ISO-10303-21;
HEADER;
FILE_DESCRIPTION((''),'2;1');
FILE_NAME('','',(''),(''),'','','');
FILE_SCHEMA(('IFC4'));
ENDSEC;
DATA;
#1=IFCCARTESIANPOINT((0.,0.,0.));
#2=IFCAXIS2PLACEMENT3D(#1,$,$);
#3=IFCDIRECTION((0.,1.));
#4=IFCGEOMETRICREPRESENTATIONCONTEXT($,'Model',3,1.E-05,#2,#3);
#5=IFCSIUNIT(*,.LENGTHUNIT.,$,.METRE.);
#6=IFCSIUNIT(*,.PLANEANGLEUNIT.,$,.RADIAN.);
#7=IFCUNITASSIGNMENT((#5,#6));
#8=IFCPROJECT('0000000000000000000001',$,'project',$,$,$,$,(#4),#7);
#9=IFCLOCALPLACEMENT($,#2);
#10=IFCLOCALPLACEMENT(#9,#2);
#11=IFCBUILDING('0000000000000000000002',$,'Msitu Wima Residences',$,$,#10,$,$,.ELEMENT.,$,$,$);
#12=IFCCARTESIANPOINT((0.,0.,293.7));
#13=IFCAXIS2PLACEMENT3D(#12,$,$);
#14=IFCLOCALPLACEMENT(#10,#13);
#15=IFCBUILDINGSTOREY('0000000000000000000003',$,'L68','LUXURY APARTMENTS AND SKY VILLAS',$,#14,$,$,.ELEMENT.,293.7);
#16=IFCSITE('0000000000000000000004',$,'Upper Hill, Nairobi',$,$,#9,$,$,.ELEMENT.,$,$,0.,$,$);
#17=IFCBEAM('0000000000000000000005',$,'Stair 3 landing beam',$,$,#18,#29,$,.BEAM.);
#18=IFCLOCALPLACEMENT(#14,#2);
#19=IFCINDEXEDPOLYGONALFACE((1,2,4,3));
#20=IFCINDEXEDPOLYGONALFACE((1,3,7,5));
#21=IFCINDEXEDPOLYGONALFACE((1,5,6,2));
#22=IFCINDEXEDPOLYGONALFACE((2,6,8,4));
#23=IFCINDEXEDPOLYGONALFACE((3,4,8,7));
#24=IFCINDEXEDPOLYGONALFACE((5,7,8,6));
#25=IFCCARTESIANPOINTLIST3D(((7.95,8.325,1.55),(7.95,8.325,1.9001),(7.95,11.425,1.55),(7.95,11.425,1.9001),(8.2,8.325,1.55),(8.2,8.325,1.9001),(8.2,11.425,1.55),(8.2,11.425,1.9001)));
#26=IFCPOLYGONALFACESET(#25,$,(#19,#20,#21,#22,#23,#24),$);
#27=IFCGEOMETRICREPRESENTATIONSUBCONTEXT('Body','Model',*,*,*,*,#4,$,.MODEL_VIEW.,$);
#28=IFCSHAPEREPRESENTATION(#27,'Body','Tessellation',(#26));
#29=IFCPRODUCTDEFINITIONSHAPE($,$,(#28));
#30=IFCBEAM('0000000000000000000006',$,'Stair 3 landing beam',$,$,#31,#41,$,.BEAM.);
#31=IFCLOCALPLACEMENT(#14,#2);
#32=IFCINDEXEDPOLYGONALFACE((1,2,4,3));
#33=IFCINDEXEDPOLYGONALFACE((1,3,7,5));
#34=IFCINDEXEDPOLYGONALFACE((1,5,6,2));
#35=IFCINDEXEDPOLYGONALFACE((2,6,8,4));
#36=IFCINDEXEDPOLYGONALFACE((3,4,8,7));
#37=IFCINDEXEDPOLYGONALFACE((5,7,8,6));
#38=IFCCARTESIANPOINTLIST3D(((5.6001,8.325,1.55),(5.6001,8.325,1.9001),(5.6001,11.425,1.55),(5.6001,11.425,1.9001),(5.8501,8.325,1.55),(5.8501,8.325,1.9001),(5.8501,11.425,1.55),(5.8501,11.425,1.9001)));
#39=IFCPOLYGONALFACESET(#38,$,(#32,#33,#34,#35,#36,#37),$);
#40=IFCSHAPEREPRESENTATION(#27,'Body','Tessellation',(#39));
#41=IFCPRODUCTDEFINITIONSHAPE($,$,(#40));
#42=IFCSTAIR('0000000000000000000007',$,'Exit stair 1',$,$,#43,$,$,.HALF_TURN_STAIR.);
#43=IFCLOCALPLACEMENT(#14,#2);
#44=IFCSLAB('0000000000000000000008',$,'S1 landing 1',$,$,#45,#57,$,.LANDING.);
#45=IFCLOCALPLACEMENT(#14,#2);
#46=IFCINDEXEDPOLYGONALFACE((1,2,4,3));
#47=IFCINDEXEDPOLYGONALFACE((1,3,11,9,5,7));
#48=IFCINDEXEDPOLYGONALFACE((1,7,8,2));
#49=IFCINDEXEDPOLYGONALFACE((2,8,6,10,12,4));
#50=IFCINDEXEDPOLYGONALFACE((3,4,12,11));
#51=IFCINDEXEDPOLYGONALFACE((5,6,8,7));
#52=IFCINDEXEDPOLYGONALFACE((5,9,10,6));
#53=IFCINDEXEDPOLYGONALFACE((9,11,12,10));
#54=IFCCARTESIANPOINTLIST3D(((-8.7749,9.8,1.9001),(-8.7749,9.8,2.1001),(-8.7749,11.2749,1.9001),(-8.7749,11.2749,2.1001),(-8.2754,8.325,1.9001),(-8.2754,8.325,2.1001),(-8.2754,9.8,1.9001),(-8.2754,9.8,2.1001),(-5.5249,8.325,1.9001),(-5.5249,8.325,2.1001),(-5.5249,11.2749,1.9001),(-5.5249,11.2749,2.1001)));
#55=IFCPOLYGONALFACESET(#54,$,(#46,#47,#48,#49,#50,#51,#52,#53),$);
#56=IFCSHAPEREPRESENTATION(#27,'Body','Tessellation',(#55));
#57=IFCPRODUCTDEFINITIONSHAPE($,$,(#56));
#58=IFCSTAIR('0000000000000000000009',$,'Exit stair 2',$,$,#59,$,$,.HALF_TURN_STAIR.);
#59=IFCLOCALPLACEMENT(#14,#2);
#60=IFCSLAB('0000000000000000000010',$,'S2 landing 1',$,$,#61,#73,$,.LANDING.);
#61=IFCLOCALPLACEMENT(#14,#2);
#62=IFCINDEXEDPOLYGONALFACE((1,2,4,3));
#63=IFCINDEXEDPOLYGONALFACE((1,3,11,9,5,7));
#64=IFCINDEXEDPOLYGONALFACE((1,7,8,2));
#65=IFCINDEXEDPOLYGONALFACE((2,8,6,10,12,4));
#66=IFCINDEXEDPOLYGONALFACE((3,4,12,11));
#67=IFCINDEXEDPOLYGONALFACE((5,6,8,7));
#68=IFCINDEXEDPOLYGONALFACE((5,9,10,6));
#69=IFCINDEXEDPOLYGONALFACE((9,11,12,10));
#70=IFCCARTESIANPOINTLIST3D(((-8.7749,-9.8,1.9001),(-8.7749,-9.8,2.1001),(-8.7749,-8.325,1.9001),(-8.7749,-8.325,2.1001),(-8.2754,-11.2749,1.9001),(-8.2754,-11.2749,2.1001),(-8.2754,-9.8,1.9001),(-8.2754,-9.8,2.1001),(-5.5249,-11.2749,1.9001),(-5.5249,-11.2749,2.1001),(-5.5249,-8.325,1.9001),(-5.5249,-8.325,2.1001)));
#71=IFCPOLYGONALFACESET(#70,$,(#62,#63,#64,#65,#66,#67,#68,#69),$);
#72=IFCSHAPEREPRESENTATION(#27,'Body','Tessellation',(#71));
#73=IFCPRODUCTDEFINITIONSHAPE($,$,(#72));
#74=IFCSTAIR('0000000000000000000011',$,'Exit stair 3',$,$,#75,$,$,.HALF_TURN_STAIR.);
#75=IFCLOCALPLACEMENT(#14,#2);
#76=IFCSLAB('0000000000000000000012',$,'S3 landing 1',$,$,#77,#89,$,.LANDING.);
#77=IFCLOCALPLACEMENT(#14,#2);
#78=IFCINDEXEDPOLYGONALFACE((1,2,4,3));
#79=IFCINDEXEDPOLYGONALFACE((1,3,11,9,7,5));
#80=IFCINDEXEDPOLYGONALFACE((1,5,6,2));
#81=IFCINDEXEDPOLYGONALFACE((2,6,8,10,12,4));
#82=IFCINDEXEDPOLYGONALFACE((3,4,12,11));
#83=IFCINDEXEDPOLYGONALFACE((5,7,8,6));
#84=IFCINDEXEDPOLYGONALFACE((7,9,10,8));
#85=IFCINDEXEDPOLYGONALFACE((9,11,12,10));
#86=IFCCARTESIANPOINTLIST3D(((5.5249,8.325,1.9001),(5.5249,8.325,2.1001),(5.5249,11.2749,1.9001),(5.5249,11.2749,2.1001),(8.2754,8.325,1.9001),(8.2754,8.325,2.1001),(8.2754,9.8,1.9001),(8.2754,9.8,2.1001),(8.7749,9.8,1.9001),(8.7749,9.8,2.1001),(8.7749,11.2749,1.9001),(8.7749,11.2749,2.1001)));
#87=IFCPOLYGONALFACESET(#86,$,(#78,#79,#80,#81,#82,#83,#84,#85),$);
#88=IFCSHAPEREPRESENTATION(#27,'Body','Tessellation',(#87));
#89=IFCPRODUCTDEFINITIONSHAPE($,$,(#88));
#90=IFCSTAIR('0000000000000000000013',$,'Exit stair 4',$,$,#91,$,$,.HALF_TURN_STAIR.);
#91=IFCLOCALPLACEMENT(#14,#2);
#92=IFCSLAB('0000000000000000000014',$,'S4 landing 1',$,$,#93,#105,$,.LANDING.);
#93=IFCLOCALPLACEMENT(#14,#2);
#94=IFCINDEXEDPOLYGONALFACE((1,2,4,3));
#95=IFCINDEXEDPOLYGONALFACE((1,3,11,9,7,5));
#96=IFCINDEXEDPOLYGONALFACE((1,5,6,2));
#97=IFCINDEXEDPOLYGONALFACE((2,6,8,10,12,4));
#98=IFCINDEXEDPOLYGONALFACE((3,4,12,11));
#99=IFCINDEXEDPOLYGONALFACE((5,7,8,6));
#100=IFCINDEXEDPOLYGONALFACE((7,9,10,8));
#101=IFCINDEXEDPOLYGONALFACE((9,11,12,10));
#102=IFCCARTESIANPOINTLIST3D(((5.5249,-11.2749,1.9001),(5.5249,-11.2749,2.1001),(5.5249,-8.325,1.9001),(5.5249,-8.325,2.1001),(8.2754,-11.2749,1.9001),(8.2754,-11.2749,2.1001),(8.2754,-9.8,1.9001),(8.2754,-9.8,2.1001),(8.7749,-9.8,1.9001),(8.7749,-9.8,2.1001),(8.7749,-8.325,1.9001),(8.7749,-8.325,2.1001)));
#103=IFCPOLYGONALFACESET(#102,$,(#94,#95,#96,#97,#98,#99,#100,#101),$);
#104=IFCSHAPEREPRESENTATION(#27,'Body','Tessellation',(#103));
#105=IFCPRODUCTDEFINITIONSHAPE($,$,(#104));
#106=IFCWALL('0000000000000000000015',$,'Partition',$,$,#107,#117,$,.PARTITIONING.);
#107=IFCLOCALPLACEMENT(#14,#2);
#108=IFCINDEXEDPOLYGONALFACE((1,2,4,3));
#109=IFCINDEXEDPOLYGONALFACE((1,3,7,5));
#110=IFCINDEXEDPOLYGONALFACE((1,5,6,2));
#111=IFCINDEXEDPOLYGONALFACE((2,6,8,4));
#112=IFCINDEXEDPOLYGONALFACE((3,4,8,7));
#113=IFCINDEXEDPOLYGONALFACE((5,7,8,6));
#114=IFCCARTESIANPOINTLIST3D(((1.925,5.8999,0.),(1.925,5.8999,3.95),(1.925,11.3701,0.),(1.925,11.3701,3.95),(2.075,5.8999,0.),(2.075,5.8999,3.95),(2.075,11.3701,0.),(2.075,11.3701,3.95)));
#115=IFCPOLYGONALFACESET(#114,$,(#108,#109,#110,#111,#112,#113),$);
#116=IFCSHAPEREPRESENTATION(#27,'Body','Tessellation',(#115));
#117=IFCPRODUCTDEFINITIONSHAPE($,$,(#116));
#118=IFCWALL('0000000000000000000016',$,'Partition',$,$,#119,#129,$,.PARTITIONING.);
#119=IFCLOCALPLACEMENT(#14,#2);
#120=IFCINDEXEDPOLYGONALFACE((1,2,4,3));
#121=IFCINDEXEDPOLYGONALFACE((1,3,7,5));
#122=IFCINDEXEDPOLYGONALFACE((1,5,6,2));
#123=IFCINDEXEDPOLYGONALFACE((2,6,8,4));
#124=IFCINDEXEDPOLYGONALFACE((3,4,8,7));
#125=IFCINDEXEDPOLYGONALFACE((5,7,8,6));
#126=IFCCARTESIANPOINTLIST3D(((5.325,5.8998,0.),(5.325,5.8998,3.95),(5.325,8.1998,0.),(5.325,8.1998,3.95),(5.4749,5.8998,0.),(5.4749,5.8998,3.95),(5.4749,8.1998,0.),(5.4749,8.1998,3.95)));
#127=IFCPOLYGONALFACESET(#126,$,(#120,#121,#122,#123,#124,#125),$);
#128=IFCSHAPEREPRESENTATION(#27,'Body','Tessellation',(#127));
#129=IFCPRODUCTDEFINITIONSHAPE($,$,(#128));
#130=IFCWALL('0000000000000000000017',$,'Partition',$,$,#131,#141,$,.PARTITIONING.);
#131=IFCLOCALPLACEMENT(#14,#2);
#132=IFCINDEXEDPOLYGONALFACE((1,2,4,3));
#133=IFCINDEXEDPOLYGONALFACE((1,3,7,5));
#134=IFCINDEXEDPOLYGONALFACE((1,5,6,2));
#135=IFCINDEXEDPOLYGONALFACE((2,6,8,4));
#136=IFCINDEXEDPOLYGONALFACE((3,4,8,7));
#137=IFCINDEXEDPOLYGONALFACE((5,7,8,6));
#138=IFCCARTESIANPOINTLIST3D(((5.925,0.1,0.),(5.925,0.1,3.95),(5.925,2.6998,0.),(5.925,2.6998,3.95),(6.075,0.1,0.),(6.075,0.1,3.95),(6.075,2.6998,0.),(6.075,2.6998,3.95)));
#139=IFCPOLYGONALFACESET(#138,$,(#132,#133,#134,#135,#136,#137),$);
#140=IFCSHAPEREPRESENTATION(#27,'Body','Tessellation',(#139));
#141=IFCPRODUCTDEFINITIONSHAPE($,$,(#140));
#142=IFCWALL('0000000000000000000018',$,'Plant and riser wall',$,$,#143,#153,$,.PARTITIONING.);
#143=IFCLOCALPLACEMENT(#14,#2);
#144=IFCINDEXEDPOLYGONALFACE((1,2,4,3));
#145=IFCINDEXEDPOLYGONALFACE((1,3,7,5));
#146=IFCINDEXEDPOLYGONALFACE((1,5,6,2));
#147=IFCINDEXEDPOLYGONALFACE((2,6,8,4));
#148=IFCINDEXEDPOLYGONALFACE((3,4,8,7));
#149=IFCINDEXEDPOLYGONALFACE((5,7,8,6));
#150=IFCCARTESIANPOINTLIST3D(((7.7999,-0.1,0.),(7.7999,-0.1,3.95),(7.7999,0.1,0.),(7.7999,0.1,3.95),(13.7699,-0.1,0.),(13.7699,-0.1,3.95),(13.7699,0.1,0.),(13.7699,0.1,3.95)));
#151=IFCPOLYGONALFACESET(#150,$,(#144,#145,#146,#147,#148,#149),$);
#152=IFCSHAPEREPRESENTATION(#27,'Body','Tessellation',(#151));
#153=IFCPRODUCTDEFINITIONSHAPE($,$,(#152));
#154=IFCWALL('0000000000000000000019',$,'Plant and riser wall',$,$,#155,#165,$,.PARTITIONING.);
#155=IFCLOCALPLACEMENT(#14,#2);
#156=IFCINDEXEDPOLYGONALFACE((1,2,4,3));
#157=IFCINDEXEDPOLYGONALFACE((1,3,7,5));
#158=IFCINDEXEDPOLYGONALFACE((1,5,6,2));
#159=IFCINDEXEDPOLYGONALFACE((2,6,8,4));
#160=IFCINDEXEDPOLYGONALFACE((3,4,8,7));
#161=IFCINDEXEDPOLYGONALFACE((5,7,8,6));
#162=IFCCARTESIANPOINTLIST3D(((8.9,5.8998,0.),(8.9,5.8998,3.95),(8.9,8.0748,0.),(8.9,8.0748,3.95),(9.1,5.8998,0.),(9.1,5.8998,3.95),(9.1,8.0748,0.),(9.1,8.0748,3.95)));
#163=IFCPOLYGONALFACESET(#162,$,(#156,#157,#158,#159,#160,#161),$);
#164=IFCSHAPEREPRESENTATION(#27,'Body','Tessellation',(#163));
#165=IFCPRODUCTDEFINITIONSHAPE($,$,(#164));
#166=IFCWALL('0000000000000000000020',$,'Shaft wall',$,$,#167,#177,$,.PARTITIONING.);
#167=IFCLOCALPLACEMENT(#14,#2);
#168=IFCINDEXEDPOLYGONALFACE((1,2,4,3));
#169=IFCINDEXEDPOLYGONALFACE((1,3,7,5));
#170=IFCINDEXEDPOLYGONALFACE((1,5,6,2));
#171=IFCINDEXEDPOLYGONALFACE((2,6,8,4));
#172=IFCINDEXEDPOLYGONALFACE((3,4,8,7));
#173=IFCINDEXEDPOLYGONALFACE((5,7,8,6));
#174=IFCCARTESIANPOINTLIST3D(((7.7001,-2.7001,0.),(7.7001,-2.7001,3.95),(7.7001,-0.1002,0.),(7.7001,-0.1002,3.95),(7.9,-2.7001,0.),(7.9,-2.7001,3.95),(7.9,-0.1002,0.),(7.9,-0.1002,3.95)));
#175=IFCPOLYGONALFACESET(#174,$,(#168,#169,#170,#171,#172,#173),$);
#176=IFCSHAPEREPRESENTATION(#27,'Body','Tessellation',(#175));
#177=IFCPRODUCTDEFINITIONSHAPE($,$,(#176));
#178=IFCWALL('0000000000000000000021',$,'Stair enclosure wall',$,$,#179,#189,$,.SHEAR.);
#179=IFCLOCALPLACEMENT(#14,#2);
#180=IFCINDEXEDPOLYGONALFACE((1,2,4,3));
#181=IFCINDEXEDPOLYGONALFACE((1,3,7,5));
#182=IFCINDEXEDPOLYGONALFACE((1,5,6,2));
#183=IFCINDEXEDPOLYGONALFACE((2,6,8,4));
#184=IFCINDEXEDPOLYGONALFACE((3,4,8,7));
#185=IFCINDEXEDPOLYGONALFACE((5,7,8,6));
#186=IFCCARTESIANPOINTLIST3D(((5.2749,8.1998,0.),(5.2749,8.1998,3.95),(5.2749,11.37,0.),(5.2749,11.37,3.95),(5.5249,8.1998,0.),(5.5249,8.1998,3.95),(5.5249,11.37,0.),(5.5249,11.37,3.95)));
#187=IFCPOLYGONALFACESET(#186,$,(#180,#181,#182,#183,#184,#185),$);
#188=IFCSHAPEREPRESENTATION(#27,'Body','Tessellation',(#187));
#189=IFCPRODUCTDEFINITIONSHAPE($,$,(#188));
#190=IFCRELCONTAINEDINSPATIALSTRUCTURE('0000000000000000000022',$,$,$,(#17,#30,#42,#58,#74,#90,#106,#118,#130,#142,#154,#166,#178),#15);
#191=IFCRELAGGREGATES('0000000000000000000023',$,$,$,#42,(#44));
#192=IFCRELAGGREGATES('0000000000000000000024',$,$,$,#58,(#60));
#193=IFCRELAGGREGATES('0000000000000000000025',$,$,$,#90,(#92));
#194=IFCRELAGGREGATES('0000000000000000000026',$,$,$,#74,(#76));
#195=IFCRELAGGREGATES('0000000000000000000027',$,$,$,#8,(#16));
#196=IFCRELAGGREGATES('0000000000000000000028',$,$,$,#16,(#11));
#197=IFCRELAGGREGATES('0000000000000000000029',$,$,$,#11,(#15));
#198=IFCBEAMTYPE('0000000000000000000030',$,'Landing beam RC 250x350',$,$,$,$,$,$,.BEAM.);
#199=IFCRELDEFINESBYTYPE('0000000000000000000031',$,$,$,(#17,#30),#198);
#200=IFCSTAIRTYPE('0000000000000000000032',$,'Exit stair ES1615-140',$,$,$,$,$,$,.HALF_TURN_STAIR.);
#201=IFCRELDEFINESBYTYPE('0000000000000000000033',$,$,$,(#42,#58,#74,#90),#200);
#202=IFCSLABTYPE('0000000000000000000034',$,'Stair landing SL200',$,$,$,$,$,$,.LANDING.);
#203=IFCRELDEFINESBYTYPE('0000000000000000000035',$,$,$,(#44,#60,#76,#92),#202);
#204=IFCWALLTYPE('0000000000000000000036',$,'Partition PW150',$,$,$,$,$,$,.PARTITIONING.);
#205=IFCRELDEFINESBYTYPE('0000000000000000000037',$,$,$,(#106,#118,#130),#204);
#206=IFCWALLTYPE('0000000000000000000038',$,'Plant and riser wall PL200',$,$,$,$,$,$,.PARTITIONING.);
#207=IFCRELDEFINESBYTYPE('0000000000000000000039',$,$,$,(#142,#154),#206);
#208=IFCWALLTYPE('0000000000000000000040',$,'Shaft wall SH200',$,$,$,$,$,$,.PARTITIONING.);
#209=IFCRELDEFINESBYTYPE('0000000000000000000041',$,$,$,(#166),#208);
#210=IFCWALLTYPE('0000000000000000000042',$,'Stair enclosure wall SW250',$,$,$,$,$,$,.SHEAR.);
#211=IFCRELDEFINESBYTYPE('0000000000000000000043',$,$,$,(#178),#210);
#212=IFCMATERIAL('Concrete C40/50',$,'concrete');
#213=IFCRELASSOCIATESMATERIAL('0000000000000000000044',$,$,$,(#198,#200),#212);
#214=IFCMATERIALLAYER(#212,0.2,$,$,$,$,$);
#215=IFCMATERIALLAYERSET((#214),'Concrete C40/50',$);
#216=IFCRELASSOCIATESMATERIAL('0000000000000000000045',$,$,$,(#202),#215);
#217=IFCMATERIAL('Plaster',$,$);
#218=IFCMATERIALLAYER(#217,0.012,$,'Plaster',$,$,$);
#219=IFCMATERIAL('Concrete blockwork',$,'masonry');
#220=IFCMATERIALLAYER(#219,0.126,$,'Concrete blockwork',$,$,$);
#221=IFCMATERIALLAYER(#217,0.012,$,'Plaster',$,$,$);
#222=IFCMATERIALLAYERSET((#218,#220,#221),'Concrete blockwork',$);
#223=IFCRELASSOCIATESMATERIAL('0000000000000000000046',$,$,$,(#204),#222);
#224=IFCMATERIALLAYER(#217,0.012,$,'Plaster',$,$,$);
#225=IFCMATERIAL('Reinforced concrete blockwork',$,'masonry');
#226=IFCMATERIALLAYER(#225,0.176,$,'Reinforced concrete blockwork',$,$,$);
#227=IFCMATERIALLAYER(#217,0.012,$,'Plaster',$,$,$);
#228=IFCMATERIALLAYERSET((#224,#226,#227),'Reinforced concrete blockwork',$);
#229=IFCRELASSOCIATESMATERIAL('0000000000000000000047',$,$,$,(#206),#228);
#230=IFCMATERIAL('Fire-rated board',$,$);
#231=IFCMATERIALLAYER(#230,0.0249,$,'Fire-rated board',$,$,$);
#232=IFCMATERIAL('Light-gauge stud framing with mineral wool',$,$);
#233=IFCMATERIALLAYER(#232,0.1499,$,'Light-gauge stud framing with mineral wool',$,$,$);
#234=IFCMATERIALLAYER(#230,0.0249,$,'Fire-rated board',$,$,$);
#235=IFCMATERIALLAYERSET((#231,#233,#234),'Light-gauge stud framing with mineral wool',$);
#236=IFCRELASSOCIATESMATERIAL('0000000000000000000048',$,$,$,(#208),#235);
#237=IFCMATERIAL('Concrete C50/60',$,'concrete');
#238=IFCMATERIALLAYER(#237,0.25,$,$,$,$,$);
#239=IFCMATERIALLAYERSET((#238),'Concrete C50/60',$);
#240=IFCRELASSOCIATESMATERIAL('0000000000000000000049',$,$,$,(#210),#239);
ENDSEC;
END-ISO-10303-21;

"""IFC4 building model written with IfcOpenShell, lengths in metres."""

from ifc_helpers import new_model, si_unit, direction, frame, frame_2d, origin, origin_2d, place, context, subcontext, project, spatial, polyline, rectangle, outline, extrude, material, layer, layer_set, material_profile, profile_set, type_object, element, aggregate, save


model = new_model("IFC4")

# Units and contexts
model_context = context("Model", 3, precision=1e-05, world=origin(), true_north=direction((0.0, 1.0)))
body_context = subcontext(model_context, "Body", "Model", "MODEL_VIEW")
ifc_project = project(units=[si_unit("LENGTHUNIT", "METRE"), si_unit("PLANEANGLEUNIT", "RADIAN")], contexts=[model_context])

# Site, building, storey
site_placement = place(None, origin())
site = spatial("IfcSite", under=ifc_project, at=site_placement, Name="Upper Hill, Nairobi", CompositionType="ELEMENT", RefElevation=0.0)
building_placement = place(site_placement, origin())
building = spatial("IfcBuilding", under=site, at=building_placement, Name="Msitu Wima Residences", CompositionType="ELEMENT")
storey_placement = place(building_placement, frame((0.0, 0.0, 293.7)))
storey = spatial("IfcBuildingStorey", under=building, at=storey_placement, Name="L68", Description="LUXURY APARTMENTS AND SKY VILLAS", CompositionType="ELEMENT", Elevation=293.7)

# Beams
ifc_material_1 = material(Name="Concrete C40/50", Category="concrete")
ifc_material_profile = material_profile(ifc_material_1, rectangle(XDim=0.25, YDim=0.3501, at=origin_2d()), Name="RC 250x350")
ifc_profile_set = profile_set([ifc_material_profile], Name="Concrete C40/50")
beam_type = type_object("IfcBeamType", Name="Landing beam RC 250x350", PredefinedType="BEAM", material=ifc_profile_set)
for number, where, z_axis, x_axis, name in (
    (1, (8.075, 8.325, 1.7251), (0.0, 1.0, 0.0), (-1.0, 0.0, 0.0), "Stair 3 landing beam"),
    (2, (5.7251, 8.325, 1.7251), (0.0, 1.0, 0.0), (-1.0, 0.0, 0.0), "Stair 3 landing beam"),
):
    element("IfcBeam", number, at=place(storey_placement, frame(where, z_axis=z_axis, x_axis=x_axis)), inside=storey, type_object=beam_type, Name=name, PredefinedType="BEAM", context=body_context, shape_type="SweptSolid", body=[
        extrude(rectangle(XDim=0.25, YDim=0.3501, at=origin_2d()), origin(), (0.0, 0.0, 1.0), 3.1001),
    ])

# Stairs, slabs
stair_type = type_object("IfcStairType", Name="Exit stair ES1615-140", PredefinedType="HALF_TURN_STAIR", material=ifc_material_1)
stair_1_placement = place(storey_placement, origin())
stair_1 = element("IfcStair", 3, at=stair_1_placement, inside=storey, type_object=stair_type, Name="Exit stair 1", PredefinedType="HALF_TURN_STAIR")
ifc_layer_1 = layer(ifc_material_1, 0.2)
ifc_layer_set_1 = layer_set([ifc_layer_1], Name="Concrete C40/50")
slab_type = type_object("IfcSlabType", Name="Stair landing SL200", PredefinedType="LANDING", material=ifc_layer_set_1)
slab_1_placement = place(storey_placement, frame((0.0, 0.0, 1.9001)))
slab_1 = element("IfcSlab", 4, at=slab_1_placement, type_object=slab_type, Name="S1 landing 1", PredefinedType="LANDING", context=body_context, shape_type="SweptSolid", body=[
    extrude(outline(polyline([(-5.5249, 8.325), (-8.2754, 8.325), (-8.2754, 9.8), (-8.7749, 9.8), (-8.7749, 11.2749), (-5.5249, 11.2749), (-5.5249, 8.325)])), origin(), (0.0, 0.0, 1.0), 0.2),
])
aggregate(stair_1, [slab_1])
stair_2_placement = place(storey_placement, origin())
stair_2 = element("IfcStair", 5, at=stair_2_placement, inside=storey, type_object=stair_type, Name="Exit stair 2", PredefinedType="HALF_TURN_STAIR")
slab_2_placement = place(storey_placement, frame((0.0, 0.0, 1.9001)))
slab_2 = element("IfcSlab", 6, at=slab_2_placement, type_object=slab_type, Name="S2 landing 1", PredefinedType="LANDING", context=body_context, shape_type="SweptSolid", body=[
    extrude(outline(polyline([(-5.5249, -11.2749), (-8.2754, -11.2749), (-8.2754, -9.8), (-8.7749, -9.8), (-8.7749, -8.325), (-5.5249, -8.325), (-5.5249, -11.2749)])), origin(), (0.0, 0.0, 1.0), 0.2),
])
aggregate(stair_2, [slab_2])
stair_3_placement = place(storey_placement, origin())
stair_3 = element("IfcStair", 7, at=stair_3_placement, inside=storey, type_object=stair_type, Name="Exit stair 3", PredefinedType="HALF_TURN_STAIR")
slab_3_placement = place(storey_placement, frame((0.0, 0.0, 1.9001)))
slab_3 = element("IfcSlab", 8, at=slab_3_placement, type_object=slab_type, Name="S3 landing 1", PredefinedType="LANDING", context=body_context, shape_type="SweptSolid", body=[
    extrude(outline(polyline([(5.5249, 8.325), (8.2754, 8.325), (8.2754, 9.8), (8.7749, 9.8), (8.7749, 11.2749), (5.5249, 11.2749), (5.5249, 8.325)])), origin(), (0.0, 0.0, 1.0), 0.2),
])
stair_4_placement = place(storey_placement, origin())
stair_4 = element("IfcStair", 9, at=stair_4_placement, inside=storey, type_object=stair_type, Name="Exit stair 4", PredefinedType="HALF_TURN_STAIR")
slab_4_placement = place(storey_placement, frame((0.0, 0.0, 1.9001)))
slab_4 = element("IfcSlab", 10, at=slab_4_placement, type_object=slab_type, Name="S4 landing 1", PredefinedType="LANDING", context=body_context, shape_type="SweptSolid", body=[
    extrude(outline(polyline([(5.5249, -11.2749), (8.2754, -11.2749), (8.2754, -9.8), (8.7749, -9.8), (8.7749, -8.325), (5.5249, -8.325), (5.5249, -11.2749)])), origin(), (0.0, 0.0, 1.0), 0.2),
])
aggregate(stair_4, [slab_4])

# Walls
ifc_material_2 = material(Name="Plaster")
ifc_layer_2 = layer(ifc_material_2, 0.012, Name="Plaster")
ifc_material_3 = material(Name="Concrete blockwork", Category="masonry")
ifc_layer_3 = layer(ifc_material_3, 0.126, Name="Concrete blockwork")
ifc_layer_4 = layer(ifc_material_2, 0.012, Name="Plaster")
ifc_layer_set_2 = layer_set([ifc_layer_2, ifc_layer_3, ifc_layer_4], Name="Concrete blockwork")
wall_type_1 = type_object("IfcWallType", Name="Partition PW150", PredefinedType="PARTITIONING", material=ifc_layer_set_2)
wall_1_placement = place(storey_placement, frame((2.0, 5.8999, 0.0), z_axis=(0.0, 0.0, 1.0), x_axis=(0.0, 1.0, 0.0)))
element("IfcWall", 11, at=wall_1_placement, inside=storey, type_object=wall_type_1, Name="Partition", PredefinedType="PARTITIONING", context=body_context, shape_type="SweptSolid", body=[
    extrude(rectangle(XDim=5.4702, YDim=0.1499, at=frame_2d((2.7351, 0.0))), origin(), (0.0, 0.0, 1.0), 3.95),
])
wall_2_placement = place(storey_placement, frame((5.3999, 5.8999, 0.0), z_axis=(0.0, 0.0, 1.0), x_axis=(0.0, 1.0, 0.0)))
element("IfcWall", 12, at=wall_2_placement, inside=storey, type_object=wall_type_1, Name="Partition", PredefinedType="PARTITIONING", context=body_context, shape_type="SweptSolid", body=[
    extrude(rectangle(XDim=2.3, YDim=0.1499, at=frame_2d((1.1499, 0.0))), origin(), (0.0, 0.0, 1.0), 3.95),
])
wall_3_placement = place(storey_placement, frame((6.0, 0.1001, 0.0), z_axis=(0.0, 0.0, 1.0), x_axis=(0.0, 1.0, 0.0)))
element("IfcWall", 13, at=wall_3_placement, inside=storey, type_object=wall_type_1, Name="Partition", PredefinedType="PARTITIONING", context=body_context, shape_type="SweptSolid", body=[
    extrude(rectangle(XDim=2.5999, YDim=0.1499, at=frame_2d((1.2998, 0.0))), origin(), (0.0, 0.0, 1.0), 3.95),
])
ifc_layer_5 = layer(ifc_material_2, 0.012, Name="Plaster")
ifc_material_4 = material(Name="Reinforced concrete blockwork", Category="masonry")
ifc_layer_6 = layer(ifc_material_4, 0.176, Name="Reinforced concrete blockwork")
ifc_layer_7 = layer(ifc_material_2, 0.012, Name="Plaster")
ifc_layer_set_3 = layer_set([ifc_layer_5, ifc_layer_6, ifc_layer_7], Name="Reinforced concrete blockwork")
wall_type_2 = type_object("IfcWallType", Name="Plant and riser wall PL200", PredefinedType="PARTITIONING", material=ifc_layer_set_3)
wall_4_placement = place(storey_placement, frame((7.8, 0.0, 0.0), z_axis=(0.0, 0.0, 1.0), x_axis=(1.0, 0.0, 0.0)))
element("IfcWall", 14, at=wall_4_placement, inside=storey, type_object=wall_type_2, Name="Plant and riser wall", PredefinedType="PARTITIONING", context=body_context, shape_type="SweptSolid", body=[
    extrude(rectangle(XDim=5.97, YDim=0.2, at=frame_2d((2.9849, 0.0))), origin(), (0.0, 0.0, 1.0), 3.95),
])
wall_5_placement = place(storey_placement, frame((9.0, 5.8999, 0.0), z_axis=(0.0, 0.0, 1.0), x_axis=(0.0, 1.0, 0.0)))
element("IfcWall", 15, at=wall_5_placement, inside=storey, type_object=wall_type_2, Name="Plant and riser wall", PredefinedType="PARTITIONING", context=body_context, shape_type="SweptSolid", body=[
    extrude(rectangle(XDim=2.175, YDim=0.2, at=frame_2d((1.0874, 0.0))), origin(), (0.0, 0.0, 1.0), 3.95),
])
ifc_material_5 = material(Name="Fire-rated board")
ifc_layer_8 = layer(ifc_material_5, 0.0249, Name="Fire-rated board")
ifc_material_6 = material(Name="Light-gauge stud framing with mineral wool")
ifc_layer_9 = layer(ifc_material_6, 0.1499, Name="Light-gauge stud framing with mineral wool")
ifc_layer_10 = layer(ifc_material_5, 0.0249, Name="Fire-rated board")
ifc_layer_set_4 = layer_set([ifc_layer_8, ifc_layer_9, ifc_layer_10], Name="Light-gauge stud framing with mineral wool")
wall_type_3 = type_object("IfcWallType", Name="Shaft wall SH200", PredefinedType="PARTITIONING", material=ifc_layer_set_4)
wall_6_placement = place(storey_placement, frame((7.8, -2.7, 0.0), z_axis=(0.0, 0.0, 1.0), x_axis=(0.0, 1.0, 0.0)))
element("IfcWall", 16, at=wall_6_placement, inside=storey, type_object=wall_type_3, Name="Shaft wall", PredefinedType="PARTITIONING", context=body_context, shape_type="SweptSolid", body=[
    extrude(rectangle(XDim=2.5999, YDim=0.2, at=frame_2d((1.2998, 0.0))), origin(), (0.0, 0.0, 1.0), 3.95),
])
ifc_material_7 = material(Name="Concrete C50/60", Category="concrete")
ifc_layer_11 = layer(ifc_material_7, 0.25)
ifc_layer_set_5 = layer_set([ifc_layer_11], Name="Concrete C50/60")
wall_type_4 = type_object("IfcWallType", Name="Stair enclosure wall SW250", PredefinedType="SHEAR", material=ifc_layer_set_5)
wall_7_placement = place(storey_placement, frame((5.3999, 8.2, 0.0), z_axis=(0.0, 0.0, 1.0), x_axis=(0.0, 1.0, 0.0)))
element("IfcWall", 17, at=wall_7_placement, inside=storey, type_object=wall_type_4, Name="Stair enclosure wall", PredefinedType="SHEAR", context=body_context, shape_type="SweptSolid", body=[
    extrude(rectangle(XDim=3.1702, YDim=0.25, at=frame_2d((1.585, 0.0))), origin(), (0.0, 0.0, 1.0), 3.95),
])

aggregate(stair_3, [slab_3])

save(model, "model.ifc")
